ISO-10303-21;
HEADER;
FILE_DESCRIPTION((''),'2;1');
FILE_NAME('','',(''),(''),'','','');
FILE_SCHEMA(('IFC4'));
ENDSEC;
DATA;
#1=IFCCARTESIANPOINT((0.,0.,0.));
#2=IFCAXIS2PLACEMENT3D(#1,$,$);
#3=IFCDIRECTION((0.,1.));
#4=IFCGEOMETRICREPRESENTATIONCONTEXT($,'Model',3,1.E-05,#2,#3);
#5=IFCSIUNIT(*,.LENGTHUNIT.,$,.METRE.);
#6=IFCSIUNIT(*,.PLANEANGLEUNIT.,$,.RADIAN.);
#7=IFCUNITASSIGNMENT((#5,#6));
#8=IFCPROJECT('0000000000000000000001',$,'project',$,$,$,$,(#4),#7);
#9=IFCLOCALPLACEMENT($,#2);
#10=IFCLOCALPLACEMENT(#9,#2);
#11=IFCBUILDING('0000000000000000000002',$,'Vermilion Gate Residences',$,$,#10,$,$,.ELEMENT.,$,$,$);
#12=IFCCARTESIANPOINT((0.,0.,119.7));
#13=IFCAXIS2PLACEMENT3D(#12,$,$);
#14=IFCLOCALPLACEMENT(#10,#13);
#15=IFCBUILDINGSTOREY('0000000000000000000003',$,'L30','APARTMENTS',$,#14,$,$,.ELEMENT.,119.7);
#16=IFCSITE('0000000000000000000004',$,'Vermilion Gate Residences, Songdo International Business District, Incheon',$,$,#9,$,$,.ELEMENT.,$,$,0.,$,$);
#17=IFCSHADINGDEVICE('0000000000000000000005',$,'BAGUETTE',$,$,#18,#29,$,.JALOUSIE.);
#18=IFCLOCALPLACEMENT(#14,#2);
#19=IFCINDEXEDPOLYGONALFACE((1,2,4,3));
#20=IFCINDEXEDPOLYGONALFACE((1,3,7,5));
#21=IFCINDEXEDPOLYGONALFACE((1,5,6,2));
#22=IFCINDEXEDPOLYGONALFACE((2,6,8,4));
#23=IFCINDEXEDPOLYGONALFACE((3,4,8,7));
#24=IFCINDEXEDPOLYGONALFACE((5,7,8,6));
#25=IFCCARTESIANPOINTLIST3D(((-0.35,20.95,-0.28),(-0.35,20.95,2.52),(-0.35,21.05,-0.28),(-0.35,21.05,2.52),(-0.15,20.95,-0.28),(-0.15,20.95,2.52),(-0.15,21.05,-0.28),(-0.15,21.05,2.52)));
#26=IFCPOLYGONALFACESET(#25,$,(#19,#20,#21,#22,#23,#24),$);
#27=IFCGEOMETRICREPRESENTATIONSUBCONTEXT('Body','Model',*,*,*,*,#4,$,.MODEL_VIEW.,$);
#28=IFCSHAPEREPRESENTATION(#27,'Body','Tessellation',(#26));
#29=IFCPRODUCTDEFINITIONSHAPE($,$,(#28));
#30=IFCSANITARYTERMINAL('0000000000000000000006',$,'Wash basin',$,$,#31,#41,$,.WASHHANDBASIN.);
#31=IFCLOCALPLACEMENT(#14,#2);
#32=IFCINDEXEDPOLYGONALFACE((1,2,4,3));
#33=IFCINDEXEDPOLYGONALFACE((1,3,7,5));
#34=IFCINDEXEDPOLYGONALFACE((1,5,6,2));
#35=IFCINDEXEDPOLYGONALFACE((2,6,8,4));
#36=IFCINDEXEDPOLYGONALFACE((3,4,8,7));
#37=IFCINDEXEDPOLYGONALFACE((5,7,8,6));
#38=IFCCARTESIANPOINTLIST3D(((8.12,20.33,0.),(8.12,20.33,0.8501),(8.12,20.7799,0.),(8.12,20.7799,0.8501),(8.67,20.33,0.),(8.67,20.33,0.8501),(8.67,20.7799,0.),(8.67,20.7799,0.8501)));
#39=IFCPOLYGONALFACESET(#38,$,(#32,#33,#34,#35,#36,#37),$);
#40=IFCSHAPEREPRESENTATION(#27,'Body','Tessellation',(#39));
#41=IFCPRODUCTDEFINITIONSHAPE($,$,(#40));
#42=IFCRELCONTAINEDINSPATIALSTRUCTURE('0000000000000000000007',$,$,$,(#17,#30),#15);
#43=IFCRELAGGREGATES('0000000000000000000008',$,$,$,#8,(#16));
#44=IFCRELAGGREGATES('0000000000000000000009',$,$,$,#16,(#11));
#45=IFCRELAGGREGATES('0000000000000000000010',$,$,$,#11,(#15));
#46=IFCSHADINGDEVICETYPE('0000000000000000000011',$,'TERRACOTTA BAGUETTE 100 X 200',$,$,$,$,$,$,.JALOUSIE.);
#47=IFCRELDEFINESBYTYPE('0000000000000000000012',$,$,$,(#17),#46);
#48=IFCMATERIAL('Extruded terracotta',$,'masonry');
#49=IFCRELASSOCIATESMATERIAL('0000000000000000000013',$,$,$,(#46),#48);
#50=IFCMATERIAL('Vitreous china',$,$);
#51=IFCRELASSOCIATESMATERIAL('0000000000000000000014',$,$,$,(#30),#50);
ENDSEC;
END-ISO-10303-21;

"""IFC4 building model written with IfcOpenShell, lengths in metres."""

from ifc_helpers import new_model, si_unit, direction, frame, origin, origin_2d, place, context, subcontext, project, spatial, rectangle, extrude, material, material_profile, profile_set, type_object, element, save


model = new_model("IFC4")

# Units and contexts
model_context = context("Model", 3, precision=1e-05, world=origin(), true_north=direction((0.0, 1.0)))
body_context = subcontext(model_context, "Body", "Model", "MODEL_VIEW")
ifc_project = project(units=[si_unit("LENGTHUNIT", "METRE"), si_unit("PLANEANGLEUNIT", "RADIAN")], contexts=[model_context])

# Site, building, storey
site_placement = place(None, origin())
site = spatial("IfcSite", under=ifc_project, at=site_placement, Name="Vermilion Gate Residences, Songdo International Business District, Incheon", CompositionType="ELEMENT", RefElevation=0.0)
building_placement = place(site_placement, origin())
building = spatial("IfcBuilding", under=site, at=building_placement, Name="Vermilion Gate Residences", CompositionType="ELEMENT")
storey_placement = place(building_placement, frame((0.0, 0.0, 119.7)))
storey = spatial("IfcBuildingStorey", under=building, at=storey_placement, Name="L30", Description="APARTMENTS", CompositionType="ELEMENT", Elevation=119.7)

# Shading device
ifc_material_1 = material(Name="Extruded terracotta", Category="masonry")
ifc_material_profile_1 = material_profile(ifc_material_1, rectangle(XDim=0.2, YDim=0.1001, at=origin_2d()), Name="BAGUETTE 100 X 200")
ifc_profile_set_1 = profile_set([ifc_material_profile_1], Name="Extruded terracotta")
shading_device_type = type_object("IfcShadingDeviceType", Name="TERRACOTTA BAGUETTE 100 X 200", PredefinedType="JALOUSIE", material=ifc_profile_set_1)
shading_device_placement = place(storey_placement, frame((-0.25, 21.0, -0.28), z_axis=(0.0, 0.0, 1.0), x_axis=(1.0, 0.0, 0.0)))
element("IfcShadingDevice", 1, at=shading_device_placement, inside=storey, type_object=shading_device_type, Name="BAGUETTE", PredefinedType="JALOUSIE", context=body_context, shape_type="SweptSolid", body=[
    extrude(rectangle(XDim=0.2, YDim=0.1001, at=origin_2d()), origin(), (0.0, 0.0, 1.0), 2.8),
])

# Sanitary terminal
ifc_material_2 = material(Name="Vitreous china")
sanitary_terminal_placement = place(storey_placement, frame((8.395, 20.5549, 0.0), z_axis=(0.0, 0.0, 1.0), x_axis=(1.0, 0.0, 0.0)))
element("IfcSanitaryTerminal", 2, at=sanitary_terminal_placement, inside=storey, material=ifc_material_2, Name="Wash basin", PredefinedType="WASHHANDBASIN", context=body_context, shape_type="SweptSolid", body=[
    extrude(rectangle(XDim=0.55, YDim=0.45, at=origin_2d()), origin(), (0.0, 0.0, 1.0), 0.8501),
])

save(model, "model.ifc")
